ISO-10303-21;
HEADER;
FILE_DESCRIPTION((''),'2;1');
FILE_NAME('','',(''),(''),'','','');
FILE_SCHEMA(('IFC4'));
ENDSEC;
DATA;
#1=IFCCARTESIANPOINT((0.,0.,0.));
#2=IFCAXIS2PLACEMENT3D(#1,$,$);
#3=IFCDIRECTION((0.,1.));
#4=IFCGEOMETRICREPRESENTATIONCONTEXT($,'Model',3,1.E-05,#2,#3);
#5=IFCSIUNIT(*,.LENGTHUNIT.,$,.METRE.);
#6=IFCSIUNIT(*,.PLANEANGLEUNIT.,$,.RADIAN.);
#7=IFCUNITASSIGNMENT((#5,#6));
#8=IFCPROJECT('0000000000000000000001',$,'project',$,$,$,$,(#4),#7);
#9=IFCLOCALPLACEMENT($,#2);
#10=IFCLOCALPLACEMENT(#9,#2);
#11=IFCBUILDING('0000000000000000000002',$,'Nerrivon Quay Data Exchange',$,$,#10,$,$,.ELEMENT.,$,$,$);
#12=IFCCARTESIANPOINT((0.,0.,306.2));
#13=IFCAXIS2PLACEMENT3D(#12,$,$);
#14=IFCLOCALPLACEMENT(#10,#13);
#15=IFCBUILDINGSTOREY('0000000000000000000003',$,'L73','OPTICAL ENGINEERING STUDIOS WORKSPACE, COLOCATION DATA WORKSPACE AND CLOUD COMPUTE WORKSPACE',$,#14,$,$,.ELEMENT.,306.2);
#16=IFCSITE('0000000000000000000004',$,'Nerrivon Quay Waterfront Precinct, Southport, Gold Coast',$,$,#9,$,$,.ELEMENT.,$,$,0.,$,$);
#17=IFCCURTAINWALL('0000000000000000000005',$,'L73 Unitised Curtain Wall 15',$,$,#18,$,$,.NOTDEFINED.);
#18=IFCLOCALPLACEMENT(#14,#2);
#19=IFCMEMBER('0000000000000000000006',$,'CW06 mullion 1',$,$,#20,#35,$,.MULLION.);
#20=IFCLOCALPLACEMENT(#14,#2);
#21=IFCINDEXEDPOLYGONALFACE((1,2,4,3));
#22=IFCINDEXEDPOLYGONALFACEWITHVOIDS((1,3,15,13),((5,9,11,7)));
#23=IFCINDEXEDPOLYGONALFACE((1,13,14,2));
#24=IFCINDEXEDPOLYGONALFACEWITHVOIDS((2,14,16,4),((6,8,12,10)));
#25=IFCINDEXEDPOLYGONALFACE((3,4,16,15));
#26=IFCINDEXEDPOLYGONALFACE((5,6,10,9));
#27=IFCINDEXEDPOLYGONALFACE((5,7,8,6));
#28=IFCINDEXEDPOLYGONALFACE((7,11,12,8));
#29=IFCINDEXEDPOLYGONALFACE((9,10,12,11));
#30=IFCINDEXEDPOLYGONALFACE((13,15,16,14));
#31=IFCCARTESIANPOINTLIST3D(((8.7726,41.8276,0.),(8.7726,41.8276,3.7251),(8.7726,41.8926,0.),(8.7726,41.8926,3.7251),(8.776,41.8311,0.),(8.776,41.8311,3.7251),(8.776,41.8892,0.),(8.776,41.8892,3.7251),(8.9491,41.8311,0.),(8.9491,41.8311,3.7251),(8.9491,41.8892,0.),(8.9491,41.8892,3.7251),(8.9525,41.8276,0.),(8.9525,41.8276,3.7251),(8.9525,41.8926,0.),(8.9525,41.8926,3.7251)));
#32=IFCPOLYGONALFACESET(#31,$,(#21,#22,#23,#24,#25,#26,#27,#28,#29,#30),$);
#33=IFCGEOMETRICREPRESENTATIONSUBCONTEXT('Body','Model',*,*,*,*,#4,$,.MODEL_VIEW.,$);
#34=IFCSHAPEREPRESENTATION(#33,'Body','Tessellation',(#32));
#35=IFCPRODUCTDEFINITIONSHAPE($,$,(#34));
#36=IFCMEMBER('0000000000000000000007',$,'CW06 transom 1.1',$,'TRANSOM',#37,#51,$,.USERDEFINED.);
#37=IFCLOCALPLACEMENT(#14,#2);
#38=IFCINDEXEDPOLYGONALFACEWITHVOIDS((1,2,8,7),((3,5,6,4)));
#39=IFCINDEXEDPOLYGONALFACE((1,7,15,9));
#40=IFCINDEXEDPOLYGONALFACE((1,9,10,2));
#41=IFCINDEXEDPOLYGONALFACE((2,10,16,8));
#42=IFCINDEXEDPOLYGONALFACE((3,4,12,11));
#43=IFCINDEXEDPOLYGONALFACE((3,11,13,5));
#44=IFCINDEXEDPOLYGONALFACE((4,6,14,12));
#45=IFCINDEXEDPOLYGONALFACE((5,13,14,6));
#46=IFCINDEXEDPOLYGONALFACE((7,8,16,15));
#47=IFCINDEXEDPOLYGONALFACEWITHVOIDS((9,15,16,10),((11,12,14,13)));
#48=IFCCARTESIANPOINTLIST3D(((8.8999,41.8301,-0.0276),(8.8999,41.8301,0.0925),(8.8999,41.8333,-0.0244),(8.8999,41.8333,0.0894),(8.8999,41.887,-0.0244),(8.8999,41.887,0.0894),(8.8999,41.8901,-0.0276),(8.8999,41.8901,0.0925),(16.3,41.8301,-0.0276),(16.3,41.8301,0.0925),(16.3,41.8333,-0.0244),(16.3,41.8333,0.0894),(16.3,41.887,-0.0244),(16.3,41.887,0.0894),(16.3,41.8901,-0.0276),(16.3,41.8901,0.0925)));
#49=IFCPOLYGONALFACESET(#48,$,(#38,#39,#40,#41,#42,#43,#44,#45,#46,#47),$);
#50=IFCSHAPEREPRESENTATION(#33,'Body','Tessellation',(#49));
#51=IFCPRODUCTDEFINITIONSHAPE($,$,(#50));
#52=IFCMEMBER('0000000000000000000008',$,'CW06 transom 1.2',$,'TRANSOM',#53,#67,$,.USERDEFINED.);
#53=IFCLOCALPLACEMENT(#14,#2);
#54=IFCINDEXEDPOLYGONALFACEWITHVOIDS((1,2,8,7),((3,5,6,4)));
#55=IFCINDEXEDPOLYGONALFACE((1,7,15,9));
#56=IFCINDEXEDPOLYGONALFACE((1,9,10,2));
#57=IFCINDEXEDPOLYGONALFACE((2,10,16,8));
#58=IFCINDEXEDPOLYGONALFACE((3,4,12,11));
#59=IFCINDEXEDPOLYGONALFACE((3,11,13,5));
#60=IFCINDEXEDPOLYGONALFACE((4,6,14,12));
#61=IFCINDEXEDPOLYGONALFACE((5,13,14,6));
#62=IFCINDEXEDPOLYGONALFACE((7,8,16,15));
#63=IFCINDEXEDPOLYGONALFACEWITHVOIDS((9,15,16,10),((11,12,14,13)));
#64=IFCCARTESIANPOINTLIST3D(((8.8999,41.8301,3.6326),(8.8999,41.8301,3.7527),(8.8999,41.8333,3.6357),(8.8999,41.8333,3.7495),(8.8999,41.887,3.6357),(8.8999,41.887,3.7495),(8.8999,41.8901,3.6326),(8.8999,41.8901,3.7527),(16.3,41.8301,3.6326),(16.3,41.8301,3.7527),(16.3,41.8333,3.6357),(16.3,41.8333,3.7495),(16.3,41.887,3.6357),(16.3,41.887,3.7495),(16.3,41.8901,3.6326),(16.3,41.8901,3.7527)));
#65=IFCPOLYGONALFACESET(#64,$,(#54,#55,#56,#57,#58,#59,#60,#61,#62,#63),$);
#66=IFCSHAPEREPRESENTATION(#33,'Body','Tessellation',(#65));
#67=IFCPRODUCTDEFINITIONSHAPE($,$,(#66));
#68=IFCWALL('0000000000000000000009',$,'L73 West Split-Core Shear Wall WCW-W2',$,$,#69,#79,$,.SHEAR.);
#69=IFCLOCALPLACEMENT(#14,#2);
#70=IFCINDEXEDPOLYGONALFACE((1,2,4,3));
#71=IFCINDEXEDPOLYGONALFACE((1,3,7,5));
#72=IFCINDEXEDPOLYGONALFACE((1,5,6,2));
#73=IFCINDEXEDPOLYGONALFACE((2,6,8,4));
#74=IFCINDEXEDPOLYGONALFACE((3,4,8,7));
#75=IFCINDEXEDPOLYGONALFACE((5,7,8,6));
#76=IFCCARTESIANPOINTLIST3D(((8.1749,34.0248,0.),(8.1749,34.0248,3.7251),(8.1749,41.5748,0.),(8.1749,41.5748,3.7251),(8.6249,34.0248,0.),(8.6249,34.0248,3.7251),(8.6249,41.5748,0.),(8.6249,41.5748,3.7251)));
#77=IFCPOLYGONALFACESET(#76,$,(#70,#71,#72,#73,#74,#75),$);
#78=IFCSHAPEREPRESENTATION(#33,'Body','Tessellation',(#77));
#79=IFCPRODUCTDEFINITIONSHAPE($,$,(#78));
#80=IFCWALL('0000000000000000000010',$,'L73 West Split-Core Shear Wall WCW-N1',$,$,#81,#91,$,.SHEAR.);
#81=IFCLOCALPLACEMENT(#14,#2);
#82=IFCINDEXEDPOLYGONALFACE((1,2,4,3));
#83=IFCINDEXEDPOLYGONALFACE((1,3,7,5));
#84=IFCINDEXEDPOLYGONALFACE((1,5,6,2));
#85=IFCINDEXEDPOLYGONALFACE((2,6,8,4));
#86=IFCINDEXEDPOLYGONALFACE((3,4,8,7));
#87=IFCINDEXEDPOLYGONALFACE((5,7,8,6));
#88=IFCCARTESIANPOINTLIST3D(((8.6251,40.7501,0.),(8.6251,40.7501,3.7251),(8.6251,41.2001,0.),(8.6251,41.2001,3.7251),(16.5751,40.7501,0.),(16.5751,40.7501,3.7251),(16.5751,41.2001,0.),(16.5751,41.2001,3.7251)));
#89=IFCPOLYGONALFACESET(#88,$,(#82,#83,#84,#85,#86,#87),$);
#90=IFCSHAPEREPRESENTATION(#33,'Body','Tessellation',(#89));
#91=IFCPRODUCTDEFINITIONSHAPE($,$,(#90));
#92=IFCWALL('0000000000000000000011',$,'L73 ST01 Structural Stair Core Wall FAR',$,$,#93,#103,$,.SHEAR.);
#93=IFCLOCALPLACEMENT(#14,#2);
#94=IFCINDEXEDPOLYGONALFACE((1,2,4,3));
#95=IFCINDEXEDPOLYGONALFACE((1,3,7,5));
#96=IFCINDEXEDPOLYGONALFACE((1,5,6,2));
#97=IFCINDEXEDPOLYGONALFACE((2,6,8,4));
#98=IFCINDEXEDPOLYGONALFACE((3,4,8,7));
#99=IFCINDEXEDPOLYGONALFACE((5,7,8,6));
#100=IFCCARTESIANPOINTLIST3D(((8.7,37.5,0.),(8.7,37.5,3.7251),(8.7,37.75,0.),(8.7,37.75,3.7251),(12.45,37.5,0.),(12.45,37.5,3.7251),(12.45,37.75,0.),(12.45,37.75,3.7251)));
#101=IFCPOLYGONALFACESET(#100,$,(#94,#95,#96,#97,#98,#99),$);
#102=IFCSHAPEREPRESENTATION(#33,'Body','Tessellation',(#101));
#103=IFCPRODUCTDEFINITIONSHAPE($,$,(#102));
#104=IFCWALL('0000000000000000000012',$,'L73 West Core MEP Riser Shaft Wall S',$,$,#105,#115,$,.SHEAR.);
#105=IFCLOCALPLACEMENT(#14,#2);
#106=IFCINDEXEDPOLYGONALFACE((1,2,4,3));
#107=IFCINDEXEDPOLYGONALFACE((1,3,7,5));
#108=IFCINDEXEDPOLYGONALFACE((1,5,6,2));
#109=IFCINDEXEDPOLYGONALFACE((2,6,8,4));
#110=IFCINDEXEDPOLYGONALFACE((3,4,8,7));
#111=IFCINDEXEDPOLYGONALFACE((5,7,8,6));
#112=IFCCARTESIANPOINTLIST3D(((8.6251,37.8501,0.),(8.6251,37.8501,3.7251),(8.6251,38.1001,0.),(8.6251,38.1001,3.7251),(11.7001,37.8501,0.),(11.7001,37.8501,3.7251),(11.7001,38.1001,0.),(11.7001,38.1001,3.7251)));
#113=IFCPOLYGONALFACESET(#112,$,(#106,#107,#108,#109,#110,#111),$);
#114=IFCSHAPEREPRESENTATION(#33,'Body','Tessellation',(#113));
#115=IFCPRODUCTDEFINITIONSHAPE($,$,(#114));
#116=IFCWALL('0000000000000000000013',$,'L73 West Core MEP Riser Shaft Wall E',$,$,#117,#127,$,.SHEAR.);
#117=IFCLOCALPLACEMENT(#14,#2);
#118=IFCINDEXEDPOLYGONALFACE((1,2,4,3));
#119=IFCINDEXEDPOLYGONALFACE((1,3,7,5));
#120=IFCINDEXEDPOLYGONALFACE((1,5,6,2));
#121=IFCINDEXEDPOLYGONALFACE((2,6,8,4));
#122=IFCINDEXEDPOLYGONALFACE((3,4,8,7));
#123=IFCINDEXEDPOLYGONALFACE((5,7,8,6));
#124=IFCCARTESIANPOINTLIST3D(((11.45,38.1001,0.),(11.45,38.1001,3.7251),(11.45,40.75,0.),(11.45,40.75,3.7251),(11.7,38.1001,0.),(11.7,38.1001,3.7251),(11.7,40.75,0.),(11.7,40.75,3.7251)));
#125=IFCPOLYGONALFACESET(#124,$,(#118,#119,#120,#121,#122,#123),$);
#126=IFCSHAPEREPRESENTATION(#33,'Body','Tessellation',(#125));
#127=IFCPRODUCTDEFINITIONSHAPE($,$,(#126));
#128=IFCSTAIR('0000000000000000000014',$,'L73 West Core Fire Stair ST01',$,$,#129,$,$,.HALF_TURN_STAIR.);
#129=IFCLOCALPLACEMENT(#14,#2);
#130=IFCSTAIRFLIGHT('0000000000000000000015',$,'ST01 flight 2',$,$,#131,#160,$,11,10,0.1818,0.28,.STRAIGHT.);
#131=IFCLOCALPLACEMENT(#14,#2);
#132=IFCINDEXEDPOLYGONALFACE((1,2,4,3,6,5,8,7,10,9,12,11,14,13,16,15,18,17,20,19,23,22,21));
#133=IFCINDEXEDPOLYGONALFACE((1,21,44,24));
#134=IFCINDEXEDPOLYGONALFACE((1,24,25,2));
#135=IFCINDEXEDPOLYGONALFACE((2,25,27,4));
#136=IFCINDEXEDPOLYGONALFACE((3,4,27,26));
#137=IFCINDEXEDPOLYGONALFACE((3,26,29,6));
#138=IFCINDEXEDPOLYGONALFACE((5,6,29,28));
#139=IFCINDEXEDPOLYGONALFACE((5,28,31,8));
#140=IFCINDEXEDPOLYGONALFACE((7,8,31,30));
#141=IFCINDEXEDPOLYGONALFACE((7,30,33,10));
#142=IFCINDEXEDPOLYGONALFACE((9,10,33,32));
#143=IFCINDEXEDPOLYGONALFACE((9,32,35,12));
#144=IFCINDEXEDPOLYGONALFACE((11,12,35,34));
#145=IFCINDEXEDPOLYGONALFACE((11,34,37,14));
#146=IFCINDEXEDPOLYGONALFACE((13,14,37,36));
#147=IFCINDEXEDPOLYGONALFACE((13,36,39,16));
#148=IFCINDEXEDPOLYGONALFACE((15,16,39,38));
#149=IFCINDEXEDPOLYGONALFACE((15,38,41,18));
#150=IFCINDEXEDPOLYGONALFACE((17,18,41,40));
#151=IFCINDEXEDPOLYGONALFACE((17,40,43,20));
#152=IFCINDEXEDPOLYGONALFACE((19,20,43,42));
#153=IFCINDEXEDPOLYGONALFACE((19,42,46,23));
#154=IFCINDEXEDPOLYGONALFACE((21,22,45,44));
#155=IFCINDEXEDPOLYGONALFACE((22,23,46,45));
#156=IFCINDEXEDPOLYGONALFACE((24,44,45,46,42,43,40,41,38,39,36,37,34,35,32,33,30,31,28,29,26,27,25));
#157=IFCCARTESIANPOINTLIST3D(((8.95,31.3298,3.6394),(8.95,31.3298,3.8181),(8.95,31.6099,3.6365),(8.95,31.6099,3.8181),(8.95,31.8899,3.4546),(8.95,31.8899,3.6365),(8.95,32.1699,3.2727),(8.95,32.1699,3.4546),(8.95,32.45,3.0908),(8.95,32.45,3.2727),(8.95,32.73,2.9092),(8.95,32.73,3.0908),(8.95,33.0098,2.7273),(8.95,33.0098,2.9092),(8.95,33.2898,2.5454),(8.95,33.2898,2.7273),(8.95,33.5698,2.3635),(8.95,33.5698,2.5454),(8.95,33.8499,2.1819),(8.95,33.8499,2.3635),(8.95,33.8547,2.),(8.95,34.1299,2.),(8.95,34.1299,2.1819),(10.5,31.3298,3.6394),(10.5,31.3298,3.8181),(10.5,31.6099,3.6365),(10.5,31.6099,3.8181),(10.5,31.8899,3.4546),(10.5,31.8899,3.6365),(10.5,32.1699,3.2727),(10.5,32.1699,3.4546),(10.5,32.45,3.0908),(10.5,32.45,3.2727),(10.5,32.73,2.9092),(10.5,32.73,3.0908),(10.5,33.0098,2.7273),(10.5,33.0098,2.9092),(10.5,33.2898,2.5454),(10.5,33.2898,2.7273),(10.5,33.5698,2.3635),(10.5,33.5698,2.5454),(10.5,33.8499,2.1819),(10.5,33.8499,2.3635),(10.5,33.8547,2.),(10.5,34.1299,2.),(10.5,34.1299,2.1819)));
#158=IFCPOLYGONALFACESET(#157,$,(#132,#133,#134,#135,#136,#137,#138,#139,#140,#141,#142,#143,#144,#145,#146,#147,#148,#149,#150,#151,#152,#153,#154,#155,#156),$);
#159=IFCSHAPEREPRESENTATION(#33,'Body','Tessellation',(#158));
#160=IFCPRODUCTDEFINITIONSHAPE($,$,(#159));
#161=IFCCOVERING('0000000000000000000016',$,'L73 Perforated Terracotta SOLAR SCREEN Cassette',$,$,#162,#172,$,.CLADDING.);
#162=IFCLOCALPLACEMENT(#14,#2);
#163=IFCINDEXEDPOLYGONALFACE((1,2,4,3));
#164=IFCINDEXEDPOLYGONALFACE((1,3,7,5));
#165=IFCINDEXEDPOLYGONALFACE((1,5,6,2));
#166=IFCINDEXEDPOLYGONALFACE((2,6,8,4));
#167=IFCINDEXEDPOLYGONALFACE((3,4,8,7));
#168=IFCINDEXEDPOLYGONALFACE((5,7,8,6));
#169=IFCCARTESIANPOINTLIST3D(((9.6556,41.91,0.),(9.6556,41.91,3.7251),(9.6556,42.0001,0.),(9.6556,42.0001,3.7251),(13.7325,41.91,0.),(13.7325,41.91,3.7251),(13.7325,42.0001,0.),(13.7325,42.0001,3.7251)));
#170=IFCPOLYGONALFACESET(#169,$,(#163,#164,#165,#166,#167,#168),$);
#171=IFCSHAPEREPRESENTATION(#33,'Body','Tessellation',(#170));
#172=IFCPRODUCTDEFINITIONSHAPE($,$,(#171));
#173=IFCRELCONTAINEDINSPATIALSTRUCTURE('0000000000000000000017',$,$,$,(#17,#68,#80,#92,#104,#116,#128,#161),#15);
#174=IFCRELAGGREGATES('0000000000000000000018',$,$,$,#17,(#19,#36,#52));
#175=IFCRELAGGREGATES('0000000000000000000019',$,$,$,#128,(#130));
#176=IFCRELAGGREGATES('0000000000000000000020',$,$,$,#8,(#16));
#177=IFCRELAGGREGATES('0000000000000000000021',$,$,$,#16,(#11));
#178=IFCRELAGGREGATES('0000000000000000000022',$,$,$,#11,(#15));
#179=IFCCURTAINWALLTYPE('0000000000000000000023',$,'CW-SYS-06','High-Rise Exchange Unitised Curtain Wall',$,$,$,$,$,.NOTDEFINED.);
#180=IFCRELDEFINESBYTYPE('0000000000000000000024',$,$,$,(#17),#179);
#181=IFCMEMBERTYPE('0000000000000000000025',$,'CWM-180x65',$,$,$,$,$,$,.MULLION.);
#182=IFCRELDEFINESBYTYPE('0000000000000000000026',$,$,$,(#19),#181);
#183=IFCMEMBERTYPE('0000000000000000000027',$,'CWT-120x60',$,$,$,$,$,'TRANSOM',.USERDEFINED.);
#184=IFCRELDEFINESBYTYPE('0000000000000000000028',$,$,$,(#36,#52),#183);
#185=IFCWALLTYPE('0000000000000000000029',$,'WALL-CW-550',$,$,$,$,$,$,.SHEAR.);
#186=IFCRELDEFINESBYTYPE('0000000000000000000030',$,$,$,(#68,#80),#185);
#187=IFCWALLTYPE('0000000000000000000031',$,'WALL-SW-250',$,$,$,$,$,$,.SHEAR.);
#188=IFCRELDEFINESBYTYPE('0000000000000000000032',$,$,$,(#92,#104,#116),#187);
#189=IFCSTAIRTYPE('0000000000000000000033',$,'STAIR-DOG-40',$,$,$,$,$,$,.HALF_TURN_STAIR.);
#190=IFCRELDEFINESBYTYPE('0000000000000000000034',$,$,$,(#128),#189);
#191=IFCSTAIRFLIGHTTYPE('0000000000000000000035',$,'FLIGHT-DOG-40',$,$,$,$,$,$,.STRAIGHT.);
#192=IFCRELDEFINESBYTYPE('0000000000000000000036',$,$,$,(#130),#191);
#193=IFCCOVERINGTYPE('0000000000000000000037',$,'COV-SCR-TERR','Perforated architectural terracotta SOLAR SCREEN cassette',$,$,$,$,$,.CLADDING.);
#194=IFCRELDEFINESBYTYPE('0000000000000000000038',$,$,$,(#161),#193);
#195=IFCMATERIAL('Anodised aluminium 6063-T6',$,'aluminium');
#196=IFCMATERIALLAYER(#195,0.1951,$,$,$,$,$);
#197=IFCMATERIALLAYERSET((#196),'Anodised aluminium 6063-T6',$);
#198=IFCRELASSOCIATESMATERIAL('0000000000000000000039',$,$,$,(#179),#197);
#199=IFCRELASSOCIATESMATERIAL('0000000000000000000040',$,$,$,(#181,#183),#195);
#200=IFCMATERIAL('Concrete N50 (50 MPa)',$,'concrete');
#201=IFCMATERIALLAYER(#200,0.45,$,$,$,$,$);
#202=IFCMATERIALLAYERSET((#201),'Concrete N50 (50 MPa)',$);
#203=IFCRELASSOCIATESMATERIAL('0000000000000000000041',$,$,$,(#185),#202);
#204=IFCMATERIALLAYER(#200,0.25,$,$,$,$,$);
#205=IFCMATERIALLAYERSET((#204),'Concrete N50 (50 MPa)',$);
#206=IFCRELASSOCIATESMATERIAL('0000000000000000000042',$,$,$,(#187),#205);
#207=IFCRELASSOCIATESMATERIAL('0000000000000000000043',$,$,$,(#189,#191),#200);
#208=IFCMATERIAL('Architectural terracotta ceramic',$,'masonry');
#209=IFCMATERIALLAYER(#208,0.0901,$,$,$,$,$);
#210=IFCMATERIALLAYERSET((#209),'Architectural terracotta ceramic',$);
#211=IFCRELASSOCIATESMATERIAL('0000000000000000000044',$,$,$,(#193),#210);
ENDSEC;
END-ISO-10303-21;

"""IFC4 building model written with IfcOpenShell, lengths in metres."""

from ifc_helpers import new_model, si_unit, direction, frame, frame_2d, origin, origin_2d, place, context, subcontext, project, spatial, polyline, rectangle, hollow_rectangle, outline, extrude, material, layer, layer_set, material_profile, profile_set, type_object, element, aggregate, save


model = new_model("IFC4")

# Units and contexts
model_context = context("Model", 3, precision=1e-05, world=origin(), true_north=direction((0.0, 1.0)))
body_context = subcontext(model_context, "Body", "Model", "MODEL_VIEW")
ifc_project = project(units=[si_unit("LENGTHUNIT", "METRE"), si_unit("PLANEANGLEUNIT", "RADIAN")], contexts=[model_context])

# Site, building, storey
site_placement = place(None, origin())
site = spatial("IfcSite", under=ifc_project, at=site_placement, Name="Nerrivon Quay Waterfront Precinct, Southport, Gold Coast", CompositionType="ELEMENT", RefElevation=0.0)
building_placement = place(site_placement, origin())
building = spatial("IfcBuilding", under=site, at=building_placement, Name="Nerrivon Quay Data Exchange", CompositionType="ELEMENT")
storey_placement = place(building_placement, frame((0.0, 0.0, 306.2)))
storey = spatial("IfcBuildingStorey", under=building, at=storey_placement, Name="L73", Description="OPTICAL ENGINEERING STUDIOS WORKSPACE, COLOCATION DATA WORKSPACE AND CLOUD COMPUTE WORKSPACE", CompositionType="ELEMENT", Elevation=306.2)

# Shared definitions
ifc_material_1 = material(Name="Concrete N50 (50 MPa)", Category="concrete")

# Shared definitions
ifc_material_2 = material(Name="Anodised aluminium 6063-T6", Category="aluminium")
ifc_layer_1 = layer(ifc_material_2, 0.1951)
ifc_layer_set_1 = layer_set([ifc_layer_1], Name="Anodised aluminium 6063-T6")
curtain_wall_type = type_object("IfcCurtainWallType", Name="CW-SYS-06", Description="High-Rise Exchange Unitised Curtain Wall", PredefinedType="NOTDEFINED", material=ifc_layer_set_1)
ifc_material_profile_1 = material_profile(ifc_material_2, hollow_rectangle(XDim=0.0649, YDim=0.1799, WallThickness=0.0034, at=origin_2d()), Name="ALU-MULL-180x65")
ifc_profile_set_1 = profile_set([ifc_material_profile_1], Name="Anodised aluminium 6063-T6")
member_type_1 = type_object("IfcMemberType", Name="CWM-180x65", PredefinedType="MULLION", material=ifc_profile_set_1)

# Curtain wall, members
curtain_wall_1_placement = place(storey_placement, origin())
curtain_wall_1 = element("IfcCurtainWall", 1, at=curtain_wall_1_placement, inside=storey, type_object=curtain_wall_type, Name="L73 Unitised Curtain Wall 15", PredefinedType="NOTDEFINED")
member_1_placement = place(storey_placement, frame((8.8625, 41.8601, 0.0), z_axis=(0.0, 0.0, 1.0), x_axis=(0.0, 1.0, 0.0)))
member_1 = element("IfcMember", 2, at=member_1_placement, type_object=member_type_1, Name="CW06 mullion 1", PredefinedType="MULLION", context=body_context, shape_type="SweptSolid", body=[
    extrude(hollow_rectangle(XDim=0.0649, YDim=0.1799, WallThickness=0.0034, at=origin_2d()), origin(), (0.0, 0.0, 1.0), 3.7251),
])
ifc_material_profile_2 = material_profile(ifc_material_2, hollow_rectangle(XDim=0.0601, YDim=0.1201, WallThickness=0.0032, at=origin_2d()), Name="ALU-TRAN-120x60")
ifc_profile_set_2 = profile_set([ifc_material_profile_2], Name="Anodised aluminium 6063-T6")
member_type_2 = type_object("IfcMemberType", Name="CWT-120x60", ElementType="TRANSOM", PredefinedType="USERDEFINED", material=ifc_profile_set_2)
member_2_placement = place(storey_placement, frame((8.8999, 41.8601, 0.0325), z_axis=(1.0, 0.0, 0.0), x_axis=(0.0, 1.0, 0.0)))
member_2 = element("IfcMember", 3, at=member_2_placement, type_object=member_type_2, Name="CW06 transom 1.1", ObjectType="TRANSOM", PredefinedType="USERDEFINED", context=body_context, shape_type="SweptSolid", body=[
    extrude(hollow_rectangle(XDim=0.0601, YDim=0.1201, WallThickness=0.0032, at=origin_2d()), origin(), (0.0, 0.0, 1.0), 7.4001),
])
member_3_placement = place(storey_placement, frame((8.8999, 41.8601, 3.6926), z_axis=(1.0, 0.0, 0.0), x_axis=(0.0, 1.0, 0.0)))
member_3 = element("IfcMember", 4, at=member_3_placement, type_object=member_type_2, Name="CW06 transom 1.2", ObjectType="TRANSOM", PredefinedType="USERDEFINED", context=body_context, shape_type="SweptSolid", body=[
    extrude(hollow_rectangle(XDim=0.0601, YDim=0.1201, WallThickness=0.0032, at=origin_2d()), origin(), (0.0, 0.0, 1.0), 7.4001),
])
aggregate(curtain_wall_1, [member_1, member_2, member_3])

# Walls
ifc_layer_2 = layer(ifc_material_1, 0.45)
ifc_layer_set_2 = layer_set([ifc_layer_2], Name="Concrete N50 (50 MPa)")
wall_type_1 = type_object("IfcWallType", Name="WALL-CW-550", PredefinedType="SHEAR", material=ifc_layer_set_2)
wall_1_placement = place(storey_placement, frame((8.3999, 34.0249, 0.0), z_axis=(0.0, 0.0, 1.0), x_axis=(0.0, 1.0, 0.0)))
element("IfcWall", 5, at=wall_1_placement, inside=storey, type_object=wall_type_1, Name="L73 West Split-Core Shear Wall WCW-W2", PredefinedType="SHEAR", context=body_context, shape_type="SweptSolid", body=[
    extrude(rectangle(XDim=7.55, YDim=0.45, at=frame_2d((3.7749, 0.0))), origin(), (0.0, 0.0, 1.0), 3.7251),
])
wall_2_placement = place(storey_placement, frame((8.625, 40.9751, 0.0), z_axis=(0.0, 0.0, 1.0), x_axis=(1.0, 0.0, 0.0)))
element("IfcWall", 6, at=wall_2_placement, inside=storey, type_object=wall_type_1, Name="L73 West Split-Core Shear Wall WCW-N1", PredefinedType="SHEAR", context=body_context, shape_type="SweptSolid", body=[
    extrude(rectangle(XDim=7.95, YDim=0.45, at=frame_2d((3.9751, 0.0))), origin(), (0.0, 0.0, 1.0), 3.7251),
])
ifc_layer_3 = layer(ifc_material_1, 0.25)
ifc_layer_set_3 = layer_set([ifc_layer_3], Name="Concrete N50 (50 MPa)")
wall_type_2 = type_object("IfcWallType", Name="WALL-SW-250", PredefinedType="SHEAR", material=ifc_layer_set_3)
wall_3_placement = place(storey_placement, frame((12.45, 37.625, 0.0), z_axis=(0.0, 0.0, 1.0), x_axis=(-1.0, 0.0, 0.0)))
element("IfcWall", 7, at=wall_3_placement, inside=storey, type_object=wall_type_2, Name="L73 ST01 Structural Stair Core Wall FAR", PredefinedType="SHEAR", context=body_context, shape_type="SweptSolid", body=[
    extrude(rectangle(XDim=3.75, YDim=0.25, at=frame_2d((1.875, 0.0))), origin(), (0.0, 0.0, 1.0), 3.7251),
])
wall_4_placement = place(storey_placement, frame((8.625, 37.9751, 0.0), z_axis=(0.0, 0.0, 1.0), x_axis=(1.0, 0.0, 0.0)))
element("IfcWall", 8, at=wall_4_placement, inside=storey, type_object=wall_type_2, Name="L73 West Core MEP Riser Shaft Wall S", PredefinedType="SHEAR", context=body_context, shape_type="SweptSolid", body=[
    extrude(rectangle(XDim=3.075, YDim=0.25, at=frame_2d((1.5376, 0.0))), origin(), (0.0, 0.0, 1.0), 3.7251),
])
wall_5_placement = place(storey_placement, frame((11.575, 38.1001, 0.0), z_axis=(0.0, 0.0, 1.0), x_axis=(0.0, 1.0, 0.0)))
element("IfcWall", 9, at=wall_5_placement, inside=storey, type_object=wall_type_2, Name="L73 West Core MEP Riser Shaft Wall E", PredefinedType="SHEAR", context=body_context, shape_type="SweptSolid", body=[
    extrude(rectangle(XDim=2.6499, YDim=0.25, at=frame_2d((1.325, 0.0))), origin(), (0.0, 0.0, 1.0), 3.7251),
])

# Stair, stair flight
stair_type = type_object("IfcStairType", Name="STAIR-DOG-40", PredefinedType="HALF_TURN_STAIR", material=ifc_material_1)
stair_placement = place(storey_placement, origin())
stair = element("IfcStair", 10, at=stair_placement, inside=storey, type_object=stair_type, Name="L73 West Core Fire Stair ST01", PredefinedType="HALF_TURN_STAIR")
stair_flight_type = type_object("IfcStairFlightType", Name="FLIGHT-DOG-40", PredefinedType="STRAIGHT", material=ifc_material_1)
stair_flight_placement = place(storey_placement, frame((9.7251, 34.1299, 2.0), z_axis=(0.0, 0.0, 1.0), x_axis=(0.0, -1.0, 0.0)))
stair_flight = element("IfcStairFlight", 11, at=stair_flight_placement, type_object=stair_flight_type, Name="ST01 flight 2", NumberOfRisers=11, NumberOfTreads=10, PredefinedType="STRAIGHT", RiserHeight=0.1818, TreadLength=0.28, context=body_context, shape_type="SweptSolid", body=[
    extrude(outline(polyline([(0.0, 0.0), (0.0, 0.1819), (0.28, 0.1819), (0.28, 0.3635), (0.5601, 0.3635), (0.5601, 0.5454), (0.8401, 0.5454), (0.8401, 0.7273), (1.1201, 0.7273), (1.1201, 0.9092), (1.3999, 0.9092), (1.3999, 1.0908), (1.6799, 1.0908), (1.6799, 1.2727), (1.96, 1.2727), (1.96, 1.4546), (2.24, 1.4546), (2.24, 1.6365), (2.52, 1.6365), (2.52, 1.8181), (2.8, 1.8181), (2.8, 2.0), (2.8, 1.6394), (0.2751, 0.0), (0.0, 0.0)])), frame((0.0, 0.7749, 0.0), z_axis=(0.0, -1.0, 0.0), x_axis=(1.0, 0.0, 0.0)), (0.0, 0.0, 1.0), 1.55),
])
aggregate(stair, [stair_flight])

# Covering
ifc_material_3 = material(Name="Architectural terracotta ceramic", Category="masonry")
ifc_layer_4 = layer(ifc_material_3, 0.0901)
ifc_layer_set_4 = layer_set([ifc_layer_4], Name="Architectural terracotta ceramic")
covering_type = type_object("IfcCoveringType", Name="COV-SCR-TERR", Description="Perforated architectural terracotta SOLAR SCREEN cassette", PredefinedType="CLADDING", material=ifc_layer_set_4)
covering_placement = place(storey_placement, frame((11.6941, 41.9551, 0.0), z_axis=(0.0, 0.0, 1.0), x_axis=(1.0, 0.0, 0.0)))
element("IfcCovering", 12, at=covering_placement, inside=storey, type_object=covering_type, Name="L73 Perforated Terracotta SOLAR SCREEN Cassette", PredefinedType="CLADDING", context=body_context, shape_type="SweptSolid", body=[
    extrude(rectangle(XDim=4.0769, YDim=0.0901, at=origin_2d()), origin(), (0.0, 0.0, 1.0), 3.7251),
])

save(model, "model.ifc")
